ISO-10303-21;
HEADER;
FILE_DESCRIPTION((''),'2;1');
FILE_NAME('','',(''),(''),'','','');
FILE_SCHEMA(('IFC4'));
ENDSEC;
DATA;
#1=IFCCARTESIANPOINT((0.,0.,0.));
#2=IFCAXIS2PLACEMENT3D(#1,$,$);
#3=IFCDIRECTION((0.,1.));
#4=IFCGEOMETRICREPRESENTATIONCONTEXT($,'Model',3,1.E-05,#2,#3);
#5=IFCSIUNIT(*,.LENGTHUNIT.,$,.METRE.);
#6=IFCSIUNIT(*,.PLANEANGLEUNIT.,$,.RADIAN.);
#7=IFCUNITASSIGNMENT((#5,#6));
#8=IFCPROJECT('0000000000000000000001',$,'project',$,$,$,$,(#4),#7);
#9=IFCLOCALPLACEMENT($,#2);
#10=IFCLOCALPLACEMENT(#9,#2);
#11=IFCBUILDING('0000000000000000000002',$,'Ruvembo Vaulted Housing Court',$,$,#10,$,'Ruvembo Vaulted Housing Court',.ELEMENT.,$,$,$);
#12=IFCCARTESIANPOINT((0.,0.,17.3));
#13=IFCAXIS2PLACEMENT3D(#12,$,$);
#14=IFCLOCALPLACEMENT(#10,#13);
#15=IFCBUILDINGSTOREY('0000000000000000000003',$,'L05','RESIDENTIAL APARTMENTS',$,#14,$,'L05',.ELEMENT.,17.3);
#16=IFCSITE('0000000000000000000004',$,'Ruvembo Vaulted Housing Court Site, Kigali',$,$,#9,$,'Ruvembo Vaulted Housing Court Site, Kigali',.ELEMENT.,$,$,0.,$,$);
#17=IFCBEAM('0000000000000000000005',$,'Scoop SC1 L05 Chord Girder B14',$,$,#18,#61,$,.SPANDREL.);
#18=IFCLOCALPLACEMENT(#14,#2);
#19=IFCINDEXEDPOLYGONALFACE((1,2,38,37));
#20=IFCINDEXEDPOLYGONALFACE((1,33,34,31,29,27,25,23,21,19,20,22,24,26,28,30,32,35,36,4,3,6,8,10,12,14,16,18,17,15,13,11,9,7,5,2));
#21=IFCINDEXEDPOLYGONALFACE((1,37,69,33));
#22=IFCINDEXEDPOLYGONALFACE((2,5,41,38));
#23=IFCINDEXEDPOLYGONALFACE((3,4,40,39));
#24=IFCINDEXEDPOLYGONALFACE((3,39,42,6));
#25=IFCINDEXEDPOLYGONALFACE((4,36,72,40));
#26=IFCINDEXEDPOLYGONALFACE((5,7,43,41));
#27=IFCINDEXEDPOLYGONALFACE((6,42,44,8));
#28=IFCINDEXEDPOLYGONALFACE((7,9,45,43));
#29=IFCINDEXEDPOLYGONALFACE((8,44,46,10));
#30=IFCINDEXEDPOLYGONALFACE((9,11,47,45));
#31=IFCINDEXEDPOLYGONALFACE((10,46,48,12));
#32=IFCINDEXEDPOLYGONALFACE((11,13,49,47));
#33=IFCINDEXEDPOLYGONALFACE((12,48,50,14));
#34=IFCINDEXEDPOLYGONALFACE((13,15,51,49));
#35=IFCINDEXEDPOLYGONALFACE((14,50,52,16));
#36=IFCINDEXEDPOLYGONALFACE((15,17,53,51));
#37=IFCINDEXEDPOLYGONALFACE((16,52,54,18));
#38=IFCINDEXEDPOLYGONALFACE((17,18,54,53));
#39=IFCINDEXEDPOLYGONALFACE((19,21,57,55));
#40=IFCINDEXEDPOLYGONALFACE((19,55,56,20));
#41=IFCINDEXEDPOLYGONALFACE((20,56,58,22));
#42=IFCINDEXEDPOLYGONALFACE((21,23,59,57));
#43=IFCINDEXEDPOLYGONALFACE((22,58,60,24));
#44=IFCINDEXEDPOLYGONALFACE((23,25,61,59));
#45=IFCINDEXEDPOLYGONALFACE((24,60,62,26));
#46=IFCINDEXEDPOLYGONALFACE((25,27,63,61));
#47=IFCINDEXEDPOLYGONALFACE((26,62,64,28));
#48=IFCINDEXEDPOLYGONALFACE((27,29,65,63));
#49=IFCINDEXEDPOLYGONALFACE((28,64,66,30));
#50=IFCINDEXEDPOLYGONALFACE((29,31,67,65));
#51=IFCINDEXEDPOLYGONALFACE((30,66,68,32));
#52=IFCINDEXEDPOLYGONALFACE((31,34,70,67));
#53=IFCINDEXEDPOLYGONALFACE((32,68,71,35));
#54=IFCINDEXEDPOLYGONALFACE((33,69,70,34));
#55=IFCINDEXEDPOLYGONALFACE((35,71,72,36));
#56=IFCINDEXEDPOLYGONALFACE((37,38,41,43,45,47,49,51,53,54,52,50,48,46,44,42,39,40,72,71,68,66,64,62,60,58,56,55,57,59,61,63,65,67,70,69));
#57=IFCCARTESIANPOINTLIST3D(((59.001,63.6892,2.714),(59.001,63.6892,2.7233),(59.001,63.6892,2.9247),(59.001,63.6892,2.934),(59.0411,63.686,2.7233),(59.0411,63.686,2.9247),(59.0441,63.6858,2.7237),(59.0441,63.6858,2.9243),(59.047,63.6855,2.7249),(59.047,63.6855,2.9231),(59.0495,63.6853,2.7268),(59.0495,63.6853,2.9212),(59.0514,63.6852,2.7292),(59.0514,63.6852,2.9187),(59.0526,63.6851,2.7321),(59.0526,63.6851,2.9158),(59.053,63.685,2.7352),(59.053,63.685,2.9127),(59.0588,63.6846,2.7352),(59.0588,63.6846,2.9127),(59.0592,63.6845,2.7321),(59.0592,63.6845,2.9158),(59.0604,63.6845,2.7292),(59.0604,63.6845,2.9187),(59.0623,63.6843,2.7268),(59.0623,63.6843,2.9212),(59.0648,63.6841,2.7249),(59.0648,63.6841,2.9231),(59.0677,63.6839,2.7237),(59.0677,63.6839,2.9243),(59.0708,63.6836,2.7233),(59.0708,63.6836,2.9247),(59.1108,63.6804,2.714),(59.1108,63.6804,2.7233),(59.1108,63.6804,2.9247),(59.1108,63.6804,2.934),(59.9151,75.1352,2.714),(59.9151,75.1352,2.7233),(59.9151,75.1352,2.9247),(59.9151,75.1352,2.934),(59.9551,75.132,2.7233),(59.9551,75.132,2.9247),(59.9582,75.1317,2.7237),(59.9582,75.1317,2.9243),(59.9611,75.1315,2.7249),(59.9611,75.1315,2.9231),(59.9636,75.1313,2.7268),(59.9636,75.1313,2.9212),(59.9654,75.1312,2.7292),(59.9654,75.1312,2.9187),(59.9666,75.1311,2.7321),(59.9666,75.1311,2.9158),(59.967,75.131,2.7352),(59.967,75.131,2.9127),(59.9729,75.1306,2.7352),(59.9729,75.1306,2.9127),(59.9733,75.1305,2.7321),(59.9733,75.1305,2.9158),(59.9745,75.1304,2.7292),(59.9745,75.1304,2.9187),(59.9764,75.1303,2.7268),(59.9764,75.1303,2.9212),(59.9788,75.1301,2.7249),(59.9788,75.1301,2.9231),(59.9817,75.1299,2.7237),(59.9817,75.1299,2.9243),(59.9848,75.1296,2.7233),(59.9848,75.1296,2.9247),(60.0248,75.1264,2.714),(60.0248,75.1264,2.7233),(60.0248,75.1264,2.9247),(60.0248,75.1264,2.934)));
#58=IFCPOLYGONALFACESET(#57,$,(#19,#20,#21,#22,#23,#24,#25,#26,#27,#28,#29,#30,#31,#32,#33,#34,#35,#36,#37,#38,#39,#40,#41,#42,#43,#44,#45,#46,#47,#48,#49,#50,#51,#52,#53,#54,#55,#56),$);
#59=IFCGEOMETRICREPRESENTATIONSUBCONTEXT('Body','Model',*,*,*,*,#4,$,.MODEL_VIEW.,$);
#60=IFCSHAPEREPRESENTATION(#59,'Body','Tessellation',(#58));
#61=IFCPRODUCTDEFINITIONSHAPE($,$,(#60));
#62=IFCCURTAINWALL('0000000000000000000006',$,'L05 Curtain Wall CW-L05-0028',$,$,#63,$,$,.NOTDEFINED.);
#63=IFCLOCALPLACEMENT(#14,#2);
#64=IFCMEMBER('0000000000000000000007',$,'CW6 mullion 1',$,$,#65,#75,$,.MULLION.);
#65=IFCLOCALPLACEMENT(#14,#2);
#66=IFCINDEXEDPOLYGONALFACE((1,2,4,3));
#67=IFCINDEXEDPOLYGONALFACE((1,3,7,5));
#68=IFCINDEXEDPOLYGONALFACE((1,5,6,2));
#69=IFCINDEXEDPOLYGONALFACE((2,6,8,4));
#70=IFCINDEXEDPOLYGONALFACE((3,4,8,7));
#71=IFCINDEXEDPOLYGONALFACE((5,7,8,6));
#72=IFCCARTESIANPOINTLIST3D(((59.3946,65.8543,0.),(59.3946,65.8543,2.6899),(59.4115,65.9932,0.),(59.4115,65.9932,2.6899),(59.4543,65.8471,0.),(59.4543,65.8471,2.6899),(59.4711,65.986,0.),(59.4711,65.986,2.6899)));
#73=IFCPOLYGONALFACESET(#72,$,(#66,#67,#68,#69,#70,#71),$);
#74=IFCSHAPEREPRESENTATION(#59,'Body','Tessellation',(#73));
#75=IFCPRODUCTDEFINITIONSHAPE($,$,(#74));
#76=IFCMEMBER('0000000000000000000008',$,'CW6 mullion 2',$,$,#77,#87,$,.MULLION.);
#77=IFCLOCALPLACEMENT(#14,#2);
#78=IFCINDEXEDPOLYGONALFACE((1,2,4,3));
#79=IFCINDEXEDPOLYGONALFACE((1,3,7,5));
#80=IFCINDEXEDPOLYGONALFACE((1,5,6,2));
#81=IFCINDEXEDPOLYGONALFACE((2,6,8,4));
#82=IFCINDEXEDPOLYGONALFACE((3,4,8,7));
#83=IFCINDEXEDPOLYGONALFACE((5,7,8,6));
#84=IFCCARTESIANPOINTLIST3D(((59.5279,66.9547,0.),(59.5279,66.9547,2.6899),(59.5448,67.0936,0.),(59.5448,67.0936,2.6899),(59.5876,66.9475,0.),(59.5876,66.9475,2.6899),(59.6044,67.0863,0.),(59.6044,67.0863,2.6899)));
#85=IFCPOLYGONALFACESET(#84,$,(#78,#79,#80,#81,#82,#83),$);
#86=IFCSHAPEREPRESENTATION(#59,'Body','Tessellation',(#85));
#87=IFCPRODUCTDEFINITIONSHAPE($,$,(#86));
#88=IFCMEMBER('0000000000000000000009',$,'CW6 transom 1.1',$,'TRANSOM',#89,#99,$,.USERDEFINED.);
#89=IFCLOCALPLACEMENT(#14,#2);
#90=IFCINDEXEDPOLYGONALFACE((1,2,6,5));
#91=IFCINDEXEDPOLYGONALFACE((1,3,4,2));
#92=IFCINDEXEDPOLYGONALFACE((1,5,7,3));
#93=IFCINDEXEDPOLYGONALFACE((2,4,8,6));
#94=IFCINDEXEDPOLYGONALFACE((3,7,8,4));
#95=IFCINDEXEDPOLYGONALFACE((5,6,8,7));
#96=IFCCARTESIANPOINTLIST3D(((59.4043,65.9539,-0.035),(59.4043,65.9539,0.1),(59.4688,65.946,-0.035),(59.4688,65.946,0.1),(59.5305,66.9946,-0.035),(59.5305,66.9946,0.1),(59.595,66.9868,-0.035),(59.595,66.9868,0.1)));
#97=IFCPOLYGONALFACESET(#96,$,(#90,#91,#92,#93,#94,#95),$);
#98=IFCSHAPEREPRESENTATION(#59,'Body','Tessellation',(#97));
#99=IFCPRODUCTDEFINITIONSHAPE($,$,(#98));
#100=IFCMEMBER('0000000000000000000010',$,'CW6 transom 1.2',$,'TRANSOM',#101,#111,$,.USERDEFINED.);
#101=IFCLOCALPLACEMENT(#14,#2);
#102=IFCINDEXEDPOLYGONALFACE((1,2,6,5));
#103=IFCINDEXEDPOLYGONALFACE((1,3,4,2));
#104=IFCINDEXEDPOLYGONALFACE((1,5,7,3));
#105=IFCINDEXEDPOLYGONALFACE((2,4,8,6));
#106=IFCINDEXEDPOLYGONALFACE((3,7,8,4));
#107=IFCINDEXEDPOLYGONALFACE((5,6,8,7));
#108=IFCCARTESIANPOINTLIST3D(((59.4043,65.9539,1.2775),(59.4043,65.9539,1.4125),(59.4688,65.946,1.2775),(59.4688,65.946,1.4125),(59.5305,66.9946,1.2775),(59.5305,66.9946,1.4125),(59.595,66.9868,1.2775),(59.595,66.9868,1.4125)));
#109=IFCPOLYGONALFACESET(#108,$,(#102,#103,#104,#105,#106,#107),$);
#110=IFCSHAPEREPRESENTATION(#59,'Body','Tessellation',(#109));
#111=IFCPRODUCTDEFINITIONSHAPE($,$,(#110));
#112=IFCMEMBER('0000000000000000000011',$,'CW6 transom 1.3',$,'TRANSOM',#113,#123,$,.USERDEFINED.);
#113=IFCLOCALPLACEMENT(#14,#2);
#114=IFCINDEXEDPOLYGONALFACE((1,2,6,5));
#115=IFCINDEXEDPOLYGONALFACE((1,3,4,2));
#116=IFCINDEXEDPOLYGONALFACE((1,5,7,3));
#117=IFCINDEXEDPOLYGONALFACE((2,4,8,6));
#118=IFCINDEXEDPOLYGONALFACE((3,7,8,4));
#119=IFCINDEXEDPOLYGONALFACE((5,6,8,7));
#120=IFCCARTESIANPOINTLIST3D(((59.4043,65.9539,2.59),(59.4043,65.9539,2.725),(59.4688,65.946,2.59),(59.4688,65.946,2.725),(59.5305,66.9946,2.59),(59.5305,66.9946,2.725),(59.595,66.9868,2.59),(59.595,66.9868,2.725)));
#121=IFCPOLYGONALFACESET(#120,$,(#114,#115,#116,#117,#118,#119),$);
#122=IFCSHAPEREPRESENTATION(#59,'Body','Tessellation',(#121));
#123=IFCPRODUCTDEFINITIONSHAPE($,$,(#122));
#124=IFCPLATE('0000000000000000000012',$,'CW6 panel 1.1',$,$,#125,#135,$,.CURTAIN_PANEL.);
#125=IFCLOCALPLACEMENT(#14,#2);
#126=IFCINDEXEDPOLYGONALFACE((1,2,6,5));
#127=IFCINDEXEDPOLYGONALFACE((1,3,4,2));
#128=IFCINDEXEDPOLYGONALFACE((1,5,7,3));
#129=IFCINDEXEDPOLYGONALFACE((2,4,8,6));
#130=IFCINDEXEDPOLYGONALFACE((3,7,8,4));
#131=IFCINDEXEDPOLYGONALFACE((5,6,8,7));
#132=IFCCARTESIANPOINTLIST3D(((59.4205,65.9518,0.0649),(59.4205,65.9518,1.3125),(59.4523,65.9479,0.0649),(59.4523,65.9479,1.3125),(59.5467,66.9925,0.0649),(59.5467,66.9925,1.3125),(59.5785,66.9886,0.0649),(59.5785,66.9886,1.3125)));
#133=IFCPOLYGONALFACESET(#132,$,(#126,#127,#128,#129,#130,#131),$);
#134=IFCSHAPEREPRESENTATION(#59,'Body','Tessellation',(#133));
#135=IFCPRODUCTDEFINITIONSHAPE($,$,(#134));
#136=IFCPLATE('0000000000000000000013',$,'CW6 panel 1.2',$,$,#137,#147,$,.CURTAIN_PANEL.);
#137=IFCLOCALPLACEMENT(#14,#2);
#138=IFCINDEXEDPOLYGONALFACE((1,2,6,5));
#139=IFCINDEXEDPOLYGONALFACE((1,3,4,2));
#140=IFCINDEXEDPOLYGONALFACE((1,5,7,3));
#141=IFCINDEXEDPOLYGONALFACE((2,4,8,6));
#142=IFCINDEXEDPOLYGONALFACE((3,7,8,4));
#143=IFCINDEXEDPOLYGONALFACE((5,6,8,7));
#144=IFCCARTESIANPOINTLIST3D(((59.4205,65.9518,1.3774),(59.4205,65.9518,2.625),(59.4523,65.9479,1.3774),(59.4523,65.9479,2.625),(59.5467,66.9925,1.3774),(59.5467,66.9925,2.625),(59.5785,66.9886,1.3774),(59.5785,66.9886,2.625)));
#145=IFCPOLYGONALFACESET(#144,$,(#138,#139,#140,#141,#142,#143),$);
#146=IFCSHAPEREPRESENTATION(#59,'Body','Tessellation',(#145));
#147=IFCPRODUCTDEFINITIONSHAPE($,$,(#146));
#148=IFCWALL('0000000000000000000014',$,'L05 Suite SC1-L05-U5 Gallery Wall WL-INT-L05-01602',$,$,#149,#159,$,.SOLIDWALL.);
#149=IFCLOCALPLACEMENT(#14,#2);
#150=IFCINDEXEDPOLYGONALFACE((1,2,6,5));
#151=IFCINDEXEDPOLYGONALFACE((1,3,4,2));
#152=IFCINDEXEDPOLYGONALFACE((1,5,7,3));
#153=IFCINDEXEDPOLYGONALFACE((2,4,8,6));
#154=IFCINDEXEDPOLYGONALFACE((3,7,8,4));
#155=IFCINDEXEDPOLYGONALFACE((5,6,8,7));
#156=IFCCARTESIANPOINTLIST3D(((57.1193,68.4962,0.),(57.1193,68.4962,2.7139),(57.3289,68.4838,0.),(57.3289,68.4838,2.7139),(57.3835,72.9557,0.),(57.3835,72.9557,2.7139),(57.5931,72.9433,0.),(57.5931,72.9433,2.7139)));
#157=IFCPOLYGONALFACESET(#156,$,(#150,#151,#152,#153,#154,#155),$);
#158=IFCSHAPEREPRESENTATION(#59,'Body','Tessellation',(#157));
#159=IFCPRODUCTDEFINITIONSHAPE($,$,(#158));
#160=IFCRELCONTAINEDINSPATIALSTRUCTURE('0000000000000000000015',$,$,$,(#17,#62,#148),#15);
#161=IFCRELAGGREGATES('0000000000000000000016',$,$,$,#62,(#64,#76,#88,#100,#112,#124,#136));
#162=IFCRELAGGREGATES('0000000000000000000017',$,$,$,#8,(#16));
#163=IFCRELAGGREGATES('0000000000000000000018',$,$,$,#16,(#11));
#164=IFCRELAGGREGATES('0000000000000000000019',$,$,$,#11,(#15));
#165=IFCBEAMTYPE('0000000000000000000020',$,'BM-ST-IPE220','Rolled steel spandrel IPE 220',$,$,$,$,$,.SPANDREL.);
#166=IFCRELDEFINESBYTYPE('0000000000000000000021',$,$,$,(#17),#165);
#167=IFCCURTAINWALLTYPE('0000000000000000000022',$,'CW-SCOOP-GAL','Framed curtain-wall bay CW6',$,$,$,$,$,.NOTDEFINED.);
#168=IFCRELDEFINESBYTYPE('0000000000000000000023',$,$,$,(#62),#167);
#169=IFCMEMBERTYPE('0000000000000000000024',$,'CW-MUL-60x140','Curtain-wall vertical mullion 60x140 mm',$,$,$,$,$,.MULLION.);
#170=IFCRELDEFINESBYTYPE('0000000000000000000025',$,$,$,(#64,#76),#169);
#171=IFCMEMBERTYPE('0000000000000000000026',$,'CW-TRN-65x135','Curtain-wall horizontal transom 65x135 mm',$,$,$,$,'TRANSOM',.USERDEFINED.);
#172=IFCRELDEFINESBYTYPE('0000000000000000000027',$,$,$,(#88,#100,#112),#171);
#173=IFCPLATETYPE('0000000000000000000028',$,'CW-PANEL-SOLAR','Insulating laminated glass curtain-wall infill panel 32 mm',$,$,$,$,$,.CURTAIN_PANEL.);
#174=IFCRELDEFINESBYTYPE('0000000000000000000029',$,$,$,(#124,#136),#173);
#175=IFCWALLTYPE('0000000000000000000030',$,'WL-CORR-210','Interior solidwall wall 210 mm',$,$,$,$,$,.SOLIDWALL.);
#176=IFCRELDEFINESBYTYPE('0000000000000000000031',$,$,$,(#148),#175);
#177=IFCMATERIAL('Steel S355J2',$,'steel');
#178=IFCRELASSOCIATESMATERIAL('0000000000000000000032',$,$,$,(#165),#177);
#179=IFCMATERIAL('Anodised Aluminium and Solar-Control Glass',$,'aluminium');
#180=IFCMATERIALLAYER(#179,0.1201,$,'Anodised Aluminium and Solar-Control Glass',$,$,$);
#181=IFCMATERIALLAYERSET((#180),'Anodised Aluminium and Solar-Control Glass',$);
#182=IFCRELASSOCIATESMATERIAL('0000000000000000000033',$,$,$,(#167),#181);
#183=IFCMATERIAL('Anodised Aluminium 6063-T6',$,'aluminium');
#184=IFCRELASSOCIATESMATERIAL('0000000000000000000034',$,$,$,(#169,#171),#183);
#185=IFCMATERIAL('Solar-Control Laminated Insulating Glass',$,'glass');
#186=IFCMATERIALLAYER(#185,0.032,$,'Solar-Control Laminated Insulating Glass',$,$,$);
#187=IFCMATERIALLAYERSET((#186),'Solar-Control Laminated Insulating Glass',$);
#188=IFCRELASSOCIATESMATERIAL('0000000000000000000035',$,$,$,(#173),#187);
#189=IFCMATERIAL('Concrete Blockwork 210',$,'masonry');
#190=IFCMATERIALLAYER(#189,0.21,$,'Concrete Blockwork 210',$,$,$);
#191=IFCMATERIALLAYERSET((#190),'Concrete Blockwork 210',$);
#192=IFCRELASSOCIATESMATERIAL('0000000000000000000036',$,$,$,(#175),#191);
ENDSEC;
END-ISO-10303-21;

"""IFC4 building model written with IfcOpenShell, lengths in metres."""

from ifc_helpers import new_model, si_unit, direction, frame, frame_2d, origin, origin_2d, place, context, subcontext, project, spatial, rectangle, i_section, extrude, material, layer, layer_set, material_profile, profile_set, type_object, element, aggregate, save


model = new_model("IFC4")

# Units and contexts
model_context = context("Model", 3, precision=1e-05, world=origin(), true_north=direction((0.0, 1.0)))
body_context = subcontext(model_context, "Body", "Model", "MODEL_VIEW")
ifc_project = project(units=[si_unit("LENGTHUNIT", "METRE"), si_unit("PLANEANGLEUNIT", "RADIAN")], contexts=[model_context])

# Site, building, storey
site_placement = place(None, origin())
site = spatial("IfcSite", under=ifc_project, at=site_placement, Name="Ruvembo Vaulted Housing Court Site, Kigali", LongName="Ruvembo Vaulted Housing Court Site, Kigali", CompositionType="ELEMENT", RefElevation=0.0)
building_placement = place(site_placement, origin())
building = spatial("IfcBuilding", under=site, at=building_placement, Name="Ruvembo Vaulted Housing Court", LongName="Ruvembo Vaulted Housing Court", CompositionType="ELEMENT")
storey_placement = place(building_placement, frame((0.0, 0.0, 17.3)))
storey = spatial("IfcBuildingStorey", under=building, at=storey_placement, Name="L05", Description="RESIDENTIAL APARTMENTS", LongName="L05", CompositionType="ELEMENT", Elevation=17.3)

# Beam
ifc_material_1 = material(Name="Steel S355J2", Category="steel")
ifc_material_profile_1 = material_profile(ifc_material_1, i_section(OverallWidth=0.1101, OverallDepth=0.22, WebThickness=0.0059, FlangeThickness=0.0093, FilletRadius=0.012, at=origin_2d()), Name="IPE 220")
ifc_profile_set_1 = profile_set([ifc_material_profile_1], Name="Steel S355J2")
beam_type_1 = type_object("IfcBeamType", Name="BM-ST-IPE220", Description="Rolled steel spandrel IPE 220", PredefinedType="SPANDREL", material=ifc_profile_set_1)
beam_1_placement = place(storey_placement, frame((59.0559, 63.6848, 2.824), z_axis=(0.079605, 0.996826, 0.0), x_axis=(-0.996826, 0.079605, 0.0)))
element("IfcBeam", 1, at=beam_1_placement, inside=storey, type_object=beam_type_1, Name="Scoop SC1 L05 Chord Girder B14", PredefinedType="SPANDREL", context=body_context, shape_type="SweptSolid", body=[
    extrude(i_section(OverallWidth=0.1101, OverallDepth=0.22, WebThickness=0.0059, FlangeThickness=0.0093, FilletRadius=0.012, at=origin_2d()), origin(), (0.0, 0.0, 1.0), 11.4824),
])

# Curtain wall, members, plates
ifc_material_2 = material(Name="Anodised Aluminium and Solar-Control Glass", Category="aluminium")
ifc_layer_1 = layer(ifc_material_2, 0.1201, Name="Anodised Aluminium and Solar-Control Glass")
ifc_layer_set_1 = layer_set([ifc_layer_1], Name="Anodised Aluminium and Solar-Control Glass")
curtain_wall_type = type_object("IfcCurtainWallType", Name="CW-SCOOP-GAL", Description="Framed curtain-wall bay CW6", PredefinedType="NOTDEFINED", material=ifc_layer_set_1)
curtain_wall_placement = place(storey_placement, origin())
curtain_wall = element("IfcCurtainWall", 2, at=curtain_wall_placement, inside=storey, type_object=curtain_wall_type, Name="L05 Curtain Wall CW-L05-0028", PredefinedType="NOTDEFINED")
ifc_material_3 = material(Name="Anodised Aluminium 6063-T6", Category="aluminium")
ifc_material_profile_2 = material_profile(ifc_material_3, rectangle(XDim=0.0601, YDim=0.1399, at=origin_2d()), Name="ALU 60x140")
ifc_profile_set_2 = profile_set([ifc_material_profile_2], Name="Anodised Aluminium 6063-T6")
member_type_1 = type_object("IfcMemberType", Name="CW-MUL-60x140", Description="Curtain-wall vertical mullion 60x140 mm", PredefinedType="MULLION", material=ifc_profile_set_2)
member_1_placement = place(storey_placement, frame((59.4329, 65.9202, 0.0), z_axis=(0.0, 0.0, 1.0), x_axis=(-0.992725, 0.120401, 0.0)))
member_1 = element("IfcMember", 3, at=member_1_placement, type_object=member_type_1, Name="CW6 mullion 1", PredefinedType="MULLION", context=body_context, shape_type="SweptSolid", body=[
    extrude(rectangle(XDim=0.0601, YDim=0.1399, at=origin_2d()), origin(), (0.0, 0.0, 1.0), 2.6899),
])
member_2_placement = place(storey_placement, frame((59.5662, 67.0205, 0.0), z_axis=(0.0, 0.0, 1.0), x_axis=(-0.992725, 0.120401, 0.0)))
member_2 = element("IfcMember", 4, at=member_2_placement, type_object=member_type_1, Name="CW6 mullion 2", PredefinedType="MULLION", context=body_context, shape_type="SweptSolid", body=[
    extrude(rectangle(XDim=0.0601, YDim=0.1399, at=origin_2d()), origin(), (0.0, 0.0, 1.0), 2.6899),
])
ifc_material_profile_3 = material_profile(ifc_material_3, rectangle(XDim=0.0649, YDim=0.135, at=origin_2d()), Name="ALU 65x135")
ifc_profile_set_3 = profile_set([ifc_material_profile_3], Name="Anodised Aluminium 6063-T6")
member_type_2 = type_object("IfcMemberType", Name="CW-TRN-65x135", Description="Curtain-wall horizontal transom 65x135 mm", ElementType="TRANSOM", PredefinedType="USERDEFINED", material=ifc_profile_set_3)
member_3_placement = place(storey_placement, frame((59.4365, 65.95, 0.0325), z_axis=(0.120394, 0.992726, 0.0), x_axis=(-0.992726, 0.120394, 0.0)))
member_3 = element("IfcMember", 5, at=member_3_placement, type_object=member_type_2, Name="CW6 transom 1.1", ObjectType="TRANSOM", PredefinedType="USERDEFINED", context=body_context, shape_type="SweptSolid", body=[
    extrude(rectangle(XDim=0.0649, YDim=0.135, at=origin_2d()), origin(), (0.0, 0.0, 1.0), 1.0483),
])
member_4_placement = place(storey_placement, frame((59.4365, 65.95, 1.345), z_axis=(0.120394, 0.992726, 0.0), x_axis=(-0.992726, 0.120394, 0.0)))
member_4 = element("IfcMember", 6, at=member_4_placement, type_object=member_type_2, Name="CW6 transom 1.2", ObjectType="TRANSOM", PredefinedType="USERDEFINED", context=body_context, shape_type="SweptSolid", body=[
    extrude(rectangle(XDim=0.0649, YDim=0.135, at=origin_2d()), origin(), (0.0, 0.0, 1.0), 1.0483),
])
member_5_placement = place(storey_placement, frame((59.4365, 65.95, 2.6575), z_axis=(0.120394, 0.992726, 0.0), x_axis=(-0.992726, 0.120394, 0.0)))
member_5 = element("IfcMember", 7, at=member_5_placement, type_object=member_type_2, Name="CW6 transom 1.3", ObjectType="TRANSOM", PredefinedType="USERDEFINED", context=body_context, shape_type="SweptSolid", body=[
    extrude(rectangle(XDim=0.0649, YDim=0.135, at=origin_2d()), origin(), (0.0, 0.0, 1.0), 1.0483),
])
ifc_material_4 = material(Name="Solar-Control Laminated Insulating Glass", Category="glass")
ifc_layer_2 = layer(ifc_material_4, 0.032, Name="Solar-Control Laminated Insulating Glass")
ifc_layer_set_2 = layer_set([ifc_layer_2], Name="Solar-Control Laminated Insulating Glass")
plate_type = type_object("IfcPlateType", Name="CW-PANEL-SOLAR", Description="Insulating laminated glass curtain-wall infill panel 32 mm", PredefinedType="CURTAIN_PANEL", material=ifc_layer_set_2)
plate_1_placement = place(storey_placement, frame((59.4995, 66.4702, 0.0649), z_axis=(0.0, 0.0, 1.0), x_axis=(0.120401, 0.992725, 0.0)))
plate_1 = element("IfcPlate", 8, at=plate_1_placement, type_object=plate_type, Name="CW6 panel 1.1", PredefinedType="CURTAIN_PANEL", context=body_context, shape_type="SweptSolid", body=[
    extrude(rectangle(XDim=1.0483, YDim=0.032, at=origin_2d()), origin(), (0.0, 0.0, 1.0), 1.2476),
])
plate_2_placement = place(storey_placement, frame((59.4995, 66.4702, 1.3774), z_axis=(0.0, 0.0, 1.0), x_axis=(0.120401, 0.992725, 0.0)))
plate_2 = element("IfcPlate", 9, at=plate_2_placement, type_object=plate_type, Name="CW6 panel 1.2", PredefinedType="CURTAIN_PANEL", context=body_context, shape_type="SweptSolid", body=[
    extrude(rectangle(XDim=1.0483, YDim=0.032, at=origin_2d()), origin(), (0.0, 0.0, 1.0), 1.2476),
])
aggregate(curtain_wall, [member_1, member_2, member_3, member_4, member_5, plate_1, plate_2])

# Shared definitions
ifc_material_5 = material(Name="Concrete Blockwork 210", Category="masonry")
ifc_layer_3 = layer(ifc_material_5, 0.21, Name="Concrete Blockwork 210")
ifc_layer_set_3 = layer_set([ifc_layer_3], Name="Concrete Blockwork 210")
wall_type_1 = type_object("IfcWallType", Name="WL-CORR-210", Description="Interior solidwall wall 210 mm", PredefinedType="SOLIDWALL", material=ifc_layer_set_3)

# Wall
wall_1_placement = place(storey_placement, frame((57.2241, 68.49, 0.0), z_axis=(0.0, 0.0, 1.0), x_axis=(0.059132, 0.99825, 0.0)))
element("IfcWall", 10, at=wall_1_placement, inside=storey, type_object=wall_type_1, Name="L05 Suite SC1-L05-U5 Gallery Wall WL-INT-L05-01602", PredefinedType="SOLIDWALL", context=body_context, shape_type="SweptSolid", body=[
    extrude(rectangle(XDim=4.4673, YDim=0.21, at=frame_2d((2.2336, 0.0))), origin(), (0.0, 0.0, 1.0), 2.7139),
])

save(model, "model.ifc")
